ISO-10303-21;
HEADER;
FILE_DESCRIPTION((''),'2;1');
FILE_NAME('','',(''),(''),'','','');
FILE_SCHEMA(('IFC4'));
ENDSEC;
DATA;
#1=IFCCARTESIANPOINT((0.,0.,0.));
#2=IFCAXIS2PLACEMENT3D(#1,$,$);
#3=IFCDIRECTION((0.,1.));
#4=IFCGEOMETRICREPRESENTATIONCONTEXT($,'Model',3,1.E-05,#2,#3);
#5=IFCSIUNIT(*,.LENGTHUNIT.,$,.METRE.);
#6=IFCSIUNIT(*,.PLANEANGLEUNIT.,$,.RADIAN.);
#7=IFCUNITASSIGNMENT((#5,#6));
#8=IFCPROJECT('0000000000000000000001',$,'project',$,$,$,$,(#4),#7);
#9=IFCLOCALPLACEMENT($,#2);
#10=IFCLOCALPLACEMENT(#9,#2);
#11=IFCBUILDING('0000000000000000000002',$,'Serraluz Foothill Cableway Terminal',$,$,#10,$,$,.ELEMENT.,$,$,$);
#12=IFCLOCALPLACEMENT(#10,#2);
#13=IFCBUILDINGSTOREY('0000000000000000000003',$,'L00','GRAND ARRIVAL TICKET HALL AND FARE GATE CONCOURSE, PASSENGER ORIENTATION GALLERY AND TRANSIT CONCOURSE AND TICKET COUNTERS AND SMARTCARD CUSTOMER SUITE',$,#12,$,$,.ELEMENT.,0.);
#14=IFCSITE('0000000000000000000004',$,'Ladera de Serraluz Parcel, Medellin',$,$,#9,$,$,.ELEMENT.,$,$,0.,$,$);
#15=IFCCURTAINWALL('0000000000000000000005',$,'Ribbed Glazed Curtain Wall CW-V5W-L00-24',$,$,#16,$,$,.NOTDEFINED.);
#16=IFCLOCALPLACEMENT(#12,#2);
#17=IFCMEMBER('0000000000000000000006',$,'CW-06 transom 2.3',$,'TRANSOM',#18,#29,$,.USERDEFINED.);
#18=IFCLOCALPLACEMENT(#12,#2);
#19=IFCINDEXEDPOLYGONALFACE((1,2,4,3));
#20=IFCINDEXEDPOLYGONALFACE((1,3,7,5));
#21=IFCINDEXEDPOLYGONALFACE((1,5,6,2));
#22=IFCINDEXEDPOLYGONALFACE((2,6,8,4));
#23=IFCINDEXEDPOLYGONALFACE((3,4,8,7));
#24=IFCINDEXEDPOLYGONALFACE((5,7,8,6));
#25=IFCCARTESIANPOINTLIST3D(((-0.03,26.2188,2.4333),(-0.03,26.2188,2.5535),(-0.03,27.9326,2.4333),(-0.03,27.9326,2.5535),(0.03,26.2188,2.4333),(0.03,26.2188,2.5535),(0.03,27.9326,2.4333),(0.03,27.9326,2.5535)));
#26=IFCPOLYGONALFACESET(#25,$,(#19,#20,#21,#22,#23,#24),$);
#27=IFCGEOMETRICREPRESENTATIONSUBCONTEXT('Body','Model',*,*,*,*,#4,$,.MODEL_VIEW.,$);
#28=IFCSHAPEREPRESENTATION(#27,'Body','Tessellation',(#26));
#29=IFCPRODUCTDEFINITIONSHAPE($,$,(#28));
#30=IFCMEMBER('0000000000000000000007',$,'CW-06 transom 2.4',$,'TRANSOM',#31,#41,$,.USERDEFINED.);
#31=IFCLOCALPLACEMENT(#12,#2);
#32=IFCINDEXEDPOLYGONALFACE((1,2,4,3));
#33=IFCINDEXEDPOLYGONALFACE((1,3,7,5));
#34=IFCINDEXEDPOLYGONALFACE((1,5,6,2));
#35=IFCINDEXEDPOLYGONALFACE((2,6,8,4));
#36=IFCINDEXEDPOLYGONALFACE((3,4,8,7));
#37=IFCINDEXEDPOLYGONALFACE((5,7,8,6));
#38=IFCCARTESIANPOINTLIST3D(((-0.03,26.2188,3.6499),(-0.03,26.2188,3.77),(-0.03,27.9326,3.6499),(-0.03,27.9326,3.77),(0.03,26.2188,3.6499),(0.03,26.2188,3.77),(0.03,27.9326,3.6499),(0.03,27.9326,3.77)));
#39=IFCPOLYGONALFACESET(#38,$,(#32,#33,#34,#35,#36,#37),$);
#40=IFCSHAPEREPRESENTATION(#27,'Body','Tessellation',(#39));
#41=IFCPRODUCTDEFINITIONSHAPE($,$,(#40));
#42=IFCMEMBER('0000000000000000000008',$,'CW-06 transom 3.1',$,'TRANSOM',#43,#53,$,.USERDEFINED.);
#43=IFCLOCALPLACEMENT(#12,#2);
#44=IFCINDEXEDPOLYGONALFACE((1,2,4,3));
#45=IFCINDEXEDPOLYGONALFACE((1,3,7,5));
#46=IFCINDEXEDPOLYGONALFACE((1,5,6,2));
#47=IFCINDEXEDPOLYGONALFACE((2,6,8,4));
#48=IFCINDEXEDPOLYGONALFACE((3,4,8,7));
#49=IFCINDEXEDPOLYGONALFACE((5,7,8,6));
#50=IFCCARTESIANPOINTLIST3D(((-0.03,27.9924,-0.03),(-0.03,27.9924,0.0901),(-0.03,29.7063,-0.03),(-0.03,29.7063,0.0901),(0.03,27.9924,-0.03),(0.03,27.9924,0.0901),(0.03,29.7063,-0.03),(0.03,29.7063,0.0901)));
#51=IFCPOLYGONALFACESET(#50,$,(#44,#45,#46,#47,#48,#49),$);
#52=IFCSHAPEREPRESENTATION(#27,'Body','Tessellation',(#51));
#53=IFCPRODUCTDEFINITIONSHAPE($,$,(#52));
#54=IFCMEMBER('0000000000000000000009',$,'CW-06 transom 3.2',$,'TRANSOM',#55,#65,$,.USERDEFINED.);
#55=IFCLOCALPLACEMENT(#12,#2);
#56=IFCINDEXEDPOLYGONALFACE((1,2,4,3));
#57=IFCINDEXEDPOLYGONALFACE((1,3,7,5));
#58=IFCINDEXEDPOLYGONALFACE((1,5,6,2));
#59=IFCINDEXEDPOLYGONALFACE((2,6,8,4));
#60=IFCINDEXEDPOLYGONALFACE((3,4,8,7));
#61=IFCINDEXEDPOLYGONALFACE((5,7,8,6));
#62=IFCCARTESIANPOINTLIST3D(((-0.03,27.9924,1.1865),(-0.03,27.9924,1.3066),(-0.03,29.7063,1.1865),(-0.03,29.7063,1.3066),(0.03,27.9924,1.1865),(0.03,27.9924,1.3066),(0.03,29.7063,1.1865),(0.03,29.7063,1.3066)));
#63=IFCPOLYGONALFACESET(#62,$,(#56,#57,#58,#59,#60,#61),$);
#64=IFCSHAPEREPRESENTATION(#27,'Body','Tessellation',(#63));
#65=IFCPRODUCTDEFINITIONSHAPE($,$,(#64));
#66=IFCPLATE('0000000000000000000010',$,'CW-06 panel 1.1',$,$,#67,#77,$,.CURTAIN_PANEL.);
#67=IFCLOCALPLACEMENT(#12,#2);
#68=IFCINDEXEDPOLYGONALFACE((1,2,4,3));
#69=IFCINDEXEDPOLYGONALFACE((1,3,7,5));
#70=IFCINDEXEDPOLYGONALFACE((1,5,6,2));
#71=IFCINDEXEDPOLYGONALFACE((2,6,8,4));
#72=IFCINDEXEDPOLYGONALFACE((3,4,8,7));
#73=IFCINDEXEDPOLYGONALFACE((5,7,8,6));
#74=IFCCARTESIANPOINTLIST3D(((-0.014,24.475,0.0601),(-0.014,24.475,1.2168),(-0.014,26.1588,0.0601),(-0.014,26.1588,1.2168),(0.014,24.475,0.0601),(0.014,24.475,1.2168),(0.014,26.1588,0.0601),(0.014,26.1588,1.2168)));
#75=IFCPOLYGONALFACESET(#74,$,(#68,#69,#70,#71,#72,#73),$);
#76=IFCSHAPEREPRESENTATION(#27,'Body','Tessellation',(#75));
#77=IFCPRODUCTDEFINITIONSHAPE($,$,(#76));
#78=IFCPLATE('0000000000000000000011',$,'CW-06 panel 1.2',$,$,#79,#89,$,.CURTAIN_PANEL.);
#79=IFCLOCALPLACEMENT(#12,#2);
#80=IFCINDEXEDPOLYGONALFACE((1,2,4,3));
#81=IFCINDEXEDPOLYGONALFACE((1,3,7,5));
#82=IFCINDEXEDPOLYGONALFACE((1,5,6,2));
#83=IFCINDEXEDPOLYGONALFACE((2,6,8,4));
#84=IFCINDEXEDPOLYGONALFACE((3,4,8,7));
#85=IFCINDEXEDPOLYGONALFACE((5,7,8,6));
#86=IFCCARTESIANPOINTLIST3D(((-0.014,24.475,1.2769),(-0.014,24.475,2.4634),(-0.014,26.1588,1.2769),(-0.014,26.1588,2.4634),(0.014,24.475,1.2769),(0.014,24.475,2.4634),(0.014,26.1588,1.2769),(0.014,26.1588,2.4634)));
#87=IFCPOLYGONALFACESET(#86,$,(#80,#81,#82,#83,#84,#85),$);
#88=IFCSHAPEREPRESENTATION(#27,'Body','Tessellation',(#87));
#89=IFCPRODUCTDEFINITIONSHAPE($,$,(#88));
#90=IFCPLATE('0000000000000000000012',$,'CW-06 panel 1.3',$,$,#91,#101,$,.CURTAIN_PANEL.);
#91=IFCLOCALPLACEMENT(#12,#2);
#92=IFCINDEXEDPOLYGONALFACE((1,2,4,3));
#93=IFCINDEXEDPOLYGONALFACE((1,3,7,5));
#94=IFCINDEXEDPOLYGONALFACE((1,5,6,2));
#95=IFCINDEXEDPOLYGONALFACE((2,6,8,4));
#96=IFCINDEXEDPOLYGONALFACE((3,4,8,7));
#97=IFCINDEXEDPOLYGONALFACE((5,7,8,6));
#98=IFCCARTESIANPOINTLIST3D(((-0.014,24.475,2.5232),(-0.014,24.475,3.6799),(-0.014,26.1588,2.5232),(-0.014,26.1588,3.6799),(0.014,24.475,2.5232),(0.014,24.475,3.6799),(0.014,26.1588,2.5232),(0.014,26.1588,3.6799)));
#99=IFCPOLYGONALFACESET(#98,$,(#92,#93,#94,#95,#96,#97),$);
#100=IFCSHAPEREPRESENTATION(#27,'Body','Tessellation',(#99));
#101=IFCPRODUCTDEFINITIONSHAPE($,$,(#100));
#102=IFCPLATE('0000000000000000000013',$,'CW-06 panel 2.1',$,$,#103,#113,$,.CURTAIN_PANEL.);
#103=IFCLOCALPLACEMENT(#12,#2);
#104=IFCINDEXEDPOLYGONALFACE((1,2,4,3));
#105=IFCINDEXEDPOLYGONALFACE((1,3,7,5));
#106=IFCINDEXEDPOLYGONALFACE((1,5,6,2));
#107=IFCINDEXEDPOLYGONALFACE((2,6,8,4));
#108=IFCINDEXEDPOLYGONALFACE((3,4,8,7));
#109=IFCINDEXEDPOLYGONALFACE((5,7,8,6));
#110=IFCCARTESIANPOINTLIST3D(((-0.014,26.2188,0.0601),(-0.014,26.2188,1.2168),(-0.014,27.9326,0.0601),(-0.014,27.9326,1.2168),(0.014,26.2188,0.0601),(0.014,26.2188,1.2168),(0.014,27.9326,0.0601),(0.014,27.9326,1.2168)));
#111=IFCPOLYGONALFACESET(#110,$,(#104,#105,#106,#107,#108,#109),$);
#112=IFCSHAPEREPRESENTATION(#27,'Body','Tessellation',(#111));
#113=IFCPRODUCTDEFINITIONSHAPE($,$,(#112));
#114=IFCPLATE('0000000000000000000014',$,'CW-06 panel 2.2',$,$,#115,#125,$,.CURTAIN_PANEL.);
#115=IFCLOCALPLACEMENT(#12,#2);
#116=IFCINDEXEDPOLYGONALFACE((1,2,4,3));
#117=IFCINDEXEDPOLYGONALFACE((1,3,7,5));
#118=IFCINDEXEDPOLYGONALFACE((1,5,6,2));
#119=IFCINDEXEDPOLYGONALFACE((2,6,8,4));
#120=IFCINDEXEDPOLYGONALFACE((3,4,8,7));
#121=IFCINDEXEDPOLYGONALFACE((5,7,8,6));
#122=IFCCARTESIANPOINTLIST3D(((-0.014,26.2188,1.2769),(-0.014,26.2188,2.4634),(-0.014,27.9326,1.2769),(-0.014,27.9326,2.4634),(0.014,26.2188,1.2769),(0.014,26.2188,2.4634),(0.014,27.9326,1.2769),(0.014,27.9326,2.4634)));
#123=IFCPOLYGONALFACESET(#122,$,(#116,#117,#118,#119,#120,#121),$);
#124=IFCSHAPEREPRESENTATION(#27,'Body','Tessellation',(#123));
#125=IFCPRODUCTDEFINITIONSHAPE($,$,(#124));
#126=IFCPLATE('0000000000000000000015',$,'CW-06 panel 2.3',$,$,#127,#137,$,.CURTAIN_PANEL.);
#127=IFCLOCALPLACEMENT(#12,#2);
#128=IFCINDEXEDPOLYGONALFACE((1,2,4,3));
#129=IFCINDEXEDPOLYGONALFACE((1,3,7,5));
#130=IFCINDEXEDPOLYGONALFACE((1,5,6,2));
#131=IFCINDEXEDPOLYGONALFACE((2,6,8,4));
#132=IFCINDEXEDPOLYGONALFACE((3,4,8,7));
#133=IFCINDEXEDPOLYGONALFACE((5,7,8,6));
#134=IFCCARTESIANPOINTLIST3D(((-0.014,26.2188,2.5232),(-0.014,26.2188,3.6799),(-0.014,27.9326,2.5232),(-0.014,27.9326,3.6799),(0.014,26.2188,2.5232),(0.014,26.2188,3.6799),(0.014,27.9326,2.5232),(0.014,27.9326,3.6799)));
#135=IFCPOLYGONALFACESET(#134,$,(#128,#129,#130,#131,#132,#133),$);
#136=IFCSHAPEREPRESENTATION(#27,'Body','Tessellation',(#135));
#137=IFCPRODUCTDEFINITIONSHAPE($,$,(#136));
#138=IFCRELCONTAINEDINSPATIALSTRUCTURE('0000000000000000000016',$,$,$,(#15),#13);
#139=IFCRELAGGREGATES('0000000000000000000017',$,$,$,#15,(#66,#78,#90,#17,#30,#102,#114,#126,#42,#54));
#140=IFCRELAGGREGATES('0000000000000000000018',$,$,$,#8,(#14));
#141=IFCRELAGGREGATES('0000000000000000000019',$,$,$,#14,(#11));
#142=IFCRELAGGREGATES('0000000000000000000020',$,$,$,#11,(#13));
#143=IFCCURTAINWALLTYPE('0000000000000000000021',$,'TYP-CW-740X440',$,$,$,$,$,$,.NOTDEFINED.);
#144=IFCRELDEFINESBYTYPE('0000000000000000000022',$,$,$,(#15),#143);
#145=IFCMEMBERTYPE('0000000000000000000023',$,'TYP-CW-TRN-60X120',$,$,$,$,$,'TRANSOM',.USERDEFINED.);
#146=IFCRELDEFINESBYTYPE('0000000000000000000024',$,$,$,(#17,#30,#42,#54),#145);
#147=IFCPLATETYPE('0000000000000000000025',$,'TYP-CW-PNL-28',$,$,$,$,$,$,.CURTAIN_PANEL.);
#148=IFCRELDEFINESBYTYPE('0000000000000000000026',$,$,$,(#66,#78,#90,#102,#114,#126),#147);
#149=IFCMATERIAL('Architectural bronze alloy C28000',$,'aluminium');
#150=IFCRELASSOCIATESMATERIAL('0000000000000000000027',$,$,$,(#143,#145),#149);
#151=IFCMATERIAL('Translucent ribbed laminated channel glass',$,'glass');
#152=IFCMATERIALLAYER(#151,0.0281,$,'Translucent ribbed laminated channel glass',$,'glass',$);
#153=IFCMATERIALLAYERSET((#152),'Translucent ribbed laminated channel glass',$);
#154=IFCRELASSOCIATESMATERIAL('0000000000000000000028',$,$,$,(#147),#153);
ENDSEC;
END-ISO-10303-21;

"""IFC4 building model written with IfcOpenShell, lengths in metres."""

from ifc_helpers import new_model, si_unit, direction, frame, origin, origin_2d, place, context, subcontext, project, spatial, rectangle, extrude, material, layer, layer_set, material_profile, profile_set, type_object, element, aggregate, save


model = new_model("IFC4")

# Units and contexts
model_context = context("Model", 3, precision=1e-05, world=origin(), true_north=direction((0.0, 1.0)))
body_context = subcontext(model_context, "Body", "Model", "MODEL_VIEW")
ifc_project = project(units=[si_unit("LENGTHUNIT", "METRE"), si_unit("PLANEANGLEUNIT", "RADIAN")], contexts=[model_context])

# Site, building, storey
site_placement = place(None, origin())
site = spatial("IfcSite", under=ifc_project, at=site_placement, Name="Ladera de Serraluz Parcel, Medellin", CompositionType="ELEMENT", RefElevation=0.0)
building_placement = place(site_placement, origin())
building = spatial("IfcBuilding", under=site, at=building_placement, Name="Serraluz Foothill Cableway Terminal", CompositionType="ELEMENT")
storey_placement = place(building_placement, origin())
storey = spatial("IfcBuildingStorey", under=building, at=storey_placement, Name="L00", Description="GRAND ARRIVAL TICKET HALL AND FARE GATE CONCOURSE, PASSENGER ORIENTATION GALLERY AND TRANSIT CONCOURSE AND TICKET COUNTERS AND SMARTCARD CUSTOMER SUITE", CompositionType="ELEMENT", Elevation=0.0)

# Curtain wall, members, plates
ifc_material_1 = material(Name="Architectural bronze alloy C28000", Category="aluminium")
curtain_wall_type = type_object("IfcCurtainWallType", Name="TYP-CW-740X440", PredefinedType="NOTDEFINED", material=ifc_material_1)
curtain_wall_placement = place(storey_placement, origin())
curtain_wall = element("IfcCurtainWall", 1, at=curtain_wall_placement, inside=storey, type_object=curtain_wall_type, Name="Ribbed Glazed Curtain Wall CW-V5W-L00-24", PredefinedType="NOTDEFINED")
ifc_material_profile_1 = material_profile(ifc_material_1, rectangle(XDim=0.0601, YDim=0.1201, at=origin_2d()), Name="ALU TRANSOM 60x120")
ifc_profile_set_1 = profile_set([ifc_material_profile_1], Name="Architectural bronze alloy C28000")
member_type_1 = type_object("IfcMemberType", Name="TYP-CW-TRN-60X120", ElementType="TRANSOM", PredefinedType="USERDEFINED", material=ifc_profile_set_1)
member_1_placement = place(storey_placement, frame((0.0, 26.2188, 2.4934), z_axis=(0.0, 1.0, 0.0), x_axis=(-1.0, 0.0, 0.0)))
member_1 = element("IfcMember", 2, at=member_1_placement, type_object=member_type_1, Name="CW-06 transom 2.3", ObjectType="TRANSOM", PredefinedType="USERDEFINED", context=body_context, shape_type="SweptSolid", body=[
    extrude(rectangle(XDim=0.0601, YDim=0.1201, at=origin_2d()), origin(), (0.0, 0.0, 1.0), 1.7139),
])
member_2_placement = place(storey_placement, frame((0.0, 26.2188, 3.71), z_axis=(0.0, 1.0, 0.0), x_axis=(-1.0, 0.0, 0.0)))
member_2 = element("IfcMember", 3, at=member_2_placement, type_object=member_type_1, Name="CW-06 transom 2.4", ObjectType="TRANSOM", PredefinedType="USERDEFINED", context=body_context, shape_type="SweptSolid", body=[
    extrude(rectangle(XDim=0.0601, YDim=0.1201, at=origin_2d()), origin(), (0.0, 0.0, 1.0), 1.7139),
])
member_3_placement = place(storey_placement, frame((0.0, 27.9924, 0.03), z_axis=(0.0, 1.0, 0.0), x_axis=(-1.0, 0.0, 0.0)))
member_3 = element("IfcMember", 4, at=member_3_placement, type_object=member_type_1, Name="CW-06 transom 3.1", ObjectType="TRANSOM", PredefinedType="USERDEFINED", context=body_context, shape_type="SweptSolid", body=[
    extrude(rectangle(XDim=0.0601, YDim=0.1201, at=origin_2d()), origin(), (0.0, 0.0, 1.0), 1.7139),
])
member_4_placement = place(storey_placement, frame((0.0, 27.9924, 1.2466), z_axis=(0.0, 1.0, 0.0), x_axis=(-1.0, 0.0, 0.0)))
member_4 = element("IfcMember", 5, at=member_4_placement, type_object=member_type_1, Name="CW-06 transom 3.2", ObjectType="TRANSOM", PredefinedType="USERDEFINED", context=body_context, shape_type="SweptSolid", body=[
    extrude(rectangle(XDim=0.0601, YDim=0.1201, at=origin_2d()), origin(), (0.0, 0.0, 1.0), 1.7139),
])
ifc_material_2 = material(Name="Translucent ribbed laminated channel glass", Category="glass")
ifc_layer = layer(ifc_material_2, 0.0281, Name="Translucent ribbed laminated channel glass", Category="glass")
ifc_layer_set = layer_set([ifc_layer], Name="Translucent ribbed laminated channel glass")
plate_type = type_object("IfcPlateType", Name="TYP-CW-PNL-28", PredefinedType="CURTAIN_PANEL", material=ifc_layer_set)
plate_1_placement = place(storey_placement, frame((0.0, 25.3169, 0.0601), z_axis=(0.0, 0.0, 1.0), x_axis=(0.0, 1.0, 0.0)))
plate_1 = element("IfcPlate", 6, at=plate_1_placement, type_object=plate_type, Name="CW-06 panel 1.1", PredefinedType="CURTAIN_PANEL", context=body_context, shape_type="SweptSolid", body=[
    extrude(rectangle(XDim=1.6838, YDim=0.0281, at=origin_2d()), origin(), (0.0, 0.0, 1.0), 1.1567),
])
plate_2_placement = place(storey_placement, frame((0.0, 25.3169, 1.2769), z_axis=(0.0, 0.0, 1.0), x_axis=(0.0, 1.0, 0.0)))
plate_2 = element("IfcPlate", 7, at=plate_2_placement, type_object=plate_type, Name="CW-06 panel 1.2", PredefinedType="CURTAIN_PANEL", context=body_context, shape_type="SweptSolid", body=[
    extrude(rectangle(XDim=1.6838, YDim=0.0281, at=origin_2d()), origin(), (0.0, 0.0, 1.0), 1.1865),
])
plate_3_placement = place(storey_placement, frame((0.0, 25.3169, 2.5232), z_axis=(0.0, 0.0, 1.0), x_axis=(0.0, 1.0, 0.0)))
plate_3 = element("IfcPlate", 8, at=plate_3_placement, type_object=plate_type, Name="CW-06 panel 1.3", PredefinedType="CURTAIN_PANEL", context=body_context, shape_type="SweptSolid", body=[
    extrude(rectangle(XDim=1.6838, YDim=0.0281, at=origin_2d()), origin(), (0.0, 0.0, 1.0), 1.1567),
])
plate_4_placement = place(storey_placement, frame((0.0, 27.0757, 0.0601), z_axis=(0.0, 0.0, 1.0), x_axis=(0.0, 1.0, 0.0)))
plate_4 = element("IfcPlate", 9, at=plate_4_placement, type_object=plate_type, Name="CW-06 panel 2.1", PredefinedType="CURTAIN_PANEL", context=body_context, shape_type="SweptSolid", body=[
    extrude(rectangle(XDim=1.7139, YDim=0.0281, at=origin_2d()), origin(), (0.0, 0.0, 1.0), 1.1567),
])
plate_5_placement = place(storey_placement, frame((0.0, 27.0757, 1.2769), z_axis=(0.0, 0.0, 1.0), x_axis=(0.0, 1.0, 0.0)))
plate_5 = element("IfcPlate", 10, at=plate_5_placement, type_object=plate_type, Name="CW-06 panel 2.2", PredefinedType="CURTAIN_PANEL", context=body_context, shape_type="SweptSolid", body=[
    extrude(rectangle(XDim=1.7139, YDim=0.0281, at=origin_2d()), origin(), (0.0, 0.0, 1.0), 1.1865),
])
plate_6_placement = place(storey_placement, frame((0.0, 27.0757, 2.5232), z_axis=(0.0, 0.0, 1.0), x_axis=(0.0, 1.0, 0.0)))
plate_6 = element("IfcPlate", 11, at=plate_6_placement, type_object=plate_type, Name="CW-06 panel 2.3", PredefinedType="CURTAIN_PANEL", context=body_context, shape_type="SweptSolid", body=[
    extrude(rectangle(XDim=1.7139, YDim=0.0281, at=origin_2d()), origin(), (0.0, 0.0, 1.0), 1.1567),
])
aggregate(curtain_wall, [plate_1, plate_2, plate_3, member_1, member_2, plate_4, plate_5, plate_6, member_3, member_4])

save(model, "model.ifc")
